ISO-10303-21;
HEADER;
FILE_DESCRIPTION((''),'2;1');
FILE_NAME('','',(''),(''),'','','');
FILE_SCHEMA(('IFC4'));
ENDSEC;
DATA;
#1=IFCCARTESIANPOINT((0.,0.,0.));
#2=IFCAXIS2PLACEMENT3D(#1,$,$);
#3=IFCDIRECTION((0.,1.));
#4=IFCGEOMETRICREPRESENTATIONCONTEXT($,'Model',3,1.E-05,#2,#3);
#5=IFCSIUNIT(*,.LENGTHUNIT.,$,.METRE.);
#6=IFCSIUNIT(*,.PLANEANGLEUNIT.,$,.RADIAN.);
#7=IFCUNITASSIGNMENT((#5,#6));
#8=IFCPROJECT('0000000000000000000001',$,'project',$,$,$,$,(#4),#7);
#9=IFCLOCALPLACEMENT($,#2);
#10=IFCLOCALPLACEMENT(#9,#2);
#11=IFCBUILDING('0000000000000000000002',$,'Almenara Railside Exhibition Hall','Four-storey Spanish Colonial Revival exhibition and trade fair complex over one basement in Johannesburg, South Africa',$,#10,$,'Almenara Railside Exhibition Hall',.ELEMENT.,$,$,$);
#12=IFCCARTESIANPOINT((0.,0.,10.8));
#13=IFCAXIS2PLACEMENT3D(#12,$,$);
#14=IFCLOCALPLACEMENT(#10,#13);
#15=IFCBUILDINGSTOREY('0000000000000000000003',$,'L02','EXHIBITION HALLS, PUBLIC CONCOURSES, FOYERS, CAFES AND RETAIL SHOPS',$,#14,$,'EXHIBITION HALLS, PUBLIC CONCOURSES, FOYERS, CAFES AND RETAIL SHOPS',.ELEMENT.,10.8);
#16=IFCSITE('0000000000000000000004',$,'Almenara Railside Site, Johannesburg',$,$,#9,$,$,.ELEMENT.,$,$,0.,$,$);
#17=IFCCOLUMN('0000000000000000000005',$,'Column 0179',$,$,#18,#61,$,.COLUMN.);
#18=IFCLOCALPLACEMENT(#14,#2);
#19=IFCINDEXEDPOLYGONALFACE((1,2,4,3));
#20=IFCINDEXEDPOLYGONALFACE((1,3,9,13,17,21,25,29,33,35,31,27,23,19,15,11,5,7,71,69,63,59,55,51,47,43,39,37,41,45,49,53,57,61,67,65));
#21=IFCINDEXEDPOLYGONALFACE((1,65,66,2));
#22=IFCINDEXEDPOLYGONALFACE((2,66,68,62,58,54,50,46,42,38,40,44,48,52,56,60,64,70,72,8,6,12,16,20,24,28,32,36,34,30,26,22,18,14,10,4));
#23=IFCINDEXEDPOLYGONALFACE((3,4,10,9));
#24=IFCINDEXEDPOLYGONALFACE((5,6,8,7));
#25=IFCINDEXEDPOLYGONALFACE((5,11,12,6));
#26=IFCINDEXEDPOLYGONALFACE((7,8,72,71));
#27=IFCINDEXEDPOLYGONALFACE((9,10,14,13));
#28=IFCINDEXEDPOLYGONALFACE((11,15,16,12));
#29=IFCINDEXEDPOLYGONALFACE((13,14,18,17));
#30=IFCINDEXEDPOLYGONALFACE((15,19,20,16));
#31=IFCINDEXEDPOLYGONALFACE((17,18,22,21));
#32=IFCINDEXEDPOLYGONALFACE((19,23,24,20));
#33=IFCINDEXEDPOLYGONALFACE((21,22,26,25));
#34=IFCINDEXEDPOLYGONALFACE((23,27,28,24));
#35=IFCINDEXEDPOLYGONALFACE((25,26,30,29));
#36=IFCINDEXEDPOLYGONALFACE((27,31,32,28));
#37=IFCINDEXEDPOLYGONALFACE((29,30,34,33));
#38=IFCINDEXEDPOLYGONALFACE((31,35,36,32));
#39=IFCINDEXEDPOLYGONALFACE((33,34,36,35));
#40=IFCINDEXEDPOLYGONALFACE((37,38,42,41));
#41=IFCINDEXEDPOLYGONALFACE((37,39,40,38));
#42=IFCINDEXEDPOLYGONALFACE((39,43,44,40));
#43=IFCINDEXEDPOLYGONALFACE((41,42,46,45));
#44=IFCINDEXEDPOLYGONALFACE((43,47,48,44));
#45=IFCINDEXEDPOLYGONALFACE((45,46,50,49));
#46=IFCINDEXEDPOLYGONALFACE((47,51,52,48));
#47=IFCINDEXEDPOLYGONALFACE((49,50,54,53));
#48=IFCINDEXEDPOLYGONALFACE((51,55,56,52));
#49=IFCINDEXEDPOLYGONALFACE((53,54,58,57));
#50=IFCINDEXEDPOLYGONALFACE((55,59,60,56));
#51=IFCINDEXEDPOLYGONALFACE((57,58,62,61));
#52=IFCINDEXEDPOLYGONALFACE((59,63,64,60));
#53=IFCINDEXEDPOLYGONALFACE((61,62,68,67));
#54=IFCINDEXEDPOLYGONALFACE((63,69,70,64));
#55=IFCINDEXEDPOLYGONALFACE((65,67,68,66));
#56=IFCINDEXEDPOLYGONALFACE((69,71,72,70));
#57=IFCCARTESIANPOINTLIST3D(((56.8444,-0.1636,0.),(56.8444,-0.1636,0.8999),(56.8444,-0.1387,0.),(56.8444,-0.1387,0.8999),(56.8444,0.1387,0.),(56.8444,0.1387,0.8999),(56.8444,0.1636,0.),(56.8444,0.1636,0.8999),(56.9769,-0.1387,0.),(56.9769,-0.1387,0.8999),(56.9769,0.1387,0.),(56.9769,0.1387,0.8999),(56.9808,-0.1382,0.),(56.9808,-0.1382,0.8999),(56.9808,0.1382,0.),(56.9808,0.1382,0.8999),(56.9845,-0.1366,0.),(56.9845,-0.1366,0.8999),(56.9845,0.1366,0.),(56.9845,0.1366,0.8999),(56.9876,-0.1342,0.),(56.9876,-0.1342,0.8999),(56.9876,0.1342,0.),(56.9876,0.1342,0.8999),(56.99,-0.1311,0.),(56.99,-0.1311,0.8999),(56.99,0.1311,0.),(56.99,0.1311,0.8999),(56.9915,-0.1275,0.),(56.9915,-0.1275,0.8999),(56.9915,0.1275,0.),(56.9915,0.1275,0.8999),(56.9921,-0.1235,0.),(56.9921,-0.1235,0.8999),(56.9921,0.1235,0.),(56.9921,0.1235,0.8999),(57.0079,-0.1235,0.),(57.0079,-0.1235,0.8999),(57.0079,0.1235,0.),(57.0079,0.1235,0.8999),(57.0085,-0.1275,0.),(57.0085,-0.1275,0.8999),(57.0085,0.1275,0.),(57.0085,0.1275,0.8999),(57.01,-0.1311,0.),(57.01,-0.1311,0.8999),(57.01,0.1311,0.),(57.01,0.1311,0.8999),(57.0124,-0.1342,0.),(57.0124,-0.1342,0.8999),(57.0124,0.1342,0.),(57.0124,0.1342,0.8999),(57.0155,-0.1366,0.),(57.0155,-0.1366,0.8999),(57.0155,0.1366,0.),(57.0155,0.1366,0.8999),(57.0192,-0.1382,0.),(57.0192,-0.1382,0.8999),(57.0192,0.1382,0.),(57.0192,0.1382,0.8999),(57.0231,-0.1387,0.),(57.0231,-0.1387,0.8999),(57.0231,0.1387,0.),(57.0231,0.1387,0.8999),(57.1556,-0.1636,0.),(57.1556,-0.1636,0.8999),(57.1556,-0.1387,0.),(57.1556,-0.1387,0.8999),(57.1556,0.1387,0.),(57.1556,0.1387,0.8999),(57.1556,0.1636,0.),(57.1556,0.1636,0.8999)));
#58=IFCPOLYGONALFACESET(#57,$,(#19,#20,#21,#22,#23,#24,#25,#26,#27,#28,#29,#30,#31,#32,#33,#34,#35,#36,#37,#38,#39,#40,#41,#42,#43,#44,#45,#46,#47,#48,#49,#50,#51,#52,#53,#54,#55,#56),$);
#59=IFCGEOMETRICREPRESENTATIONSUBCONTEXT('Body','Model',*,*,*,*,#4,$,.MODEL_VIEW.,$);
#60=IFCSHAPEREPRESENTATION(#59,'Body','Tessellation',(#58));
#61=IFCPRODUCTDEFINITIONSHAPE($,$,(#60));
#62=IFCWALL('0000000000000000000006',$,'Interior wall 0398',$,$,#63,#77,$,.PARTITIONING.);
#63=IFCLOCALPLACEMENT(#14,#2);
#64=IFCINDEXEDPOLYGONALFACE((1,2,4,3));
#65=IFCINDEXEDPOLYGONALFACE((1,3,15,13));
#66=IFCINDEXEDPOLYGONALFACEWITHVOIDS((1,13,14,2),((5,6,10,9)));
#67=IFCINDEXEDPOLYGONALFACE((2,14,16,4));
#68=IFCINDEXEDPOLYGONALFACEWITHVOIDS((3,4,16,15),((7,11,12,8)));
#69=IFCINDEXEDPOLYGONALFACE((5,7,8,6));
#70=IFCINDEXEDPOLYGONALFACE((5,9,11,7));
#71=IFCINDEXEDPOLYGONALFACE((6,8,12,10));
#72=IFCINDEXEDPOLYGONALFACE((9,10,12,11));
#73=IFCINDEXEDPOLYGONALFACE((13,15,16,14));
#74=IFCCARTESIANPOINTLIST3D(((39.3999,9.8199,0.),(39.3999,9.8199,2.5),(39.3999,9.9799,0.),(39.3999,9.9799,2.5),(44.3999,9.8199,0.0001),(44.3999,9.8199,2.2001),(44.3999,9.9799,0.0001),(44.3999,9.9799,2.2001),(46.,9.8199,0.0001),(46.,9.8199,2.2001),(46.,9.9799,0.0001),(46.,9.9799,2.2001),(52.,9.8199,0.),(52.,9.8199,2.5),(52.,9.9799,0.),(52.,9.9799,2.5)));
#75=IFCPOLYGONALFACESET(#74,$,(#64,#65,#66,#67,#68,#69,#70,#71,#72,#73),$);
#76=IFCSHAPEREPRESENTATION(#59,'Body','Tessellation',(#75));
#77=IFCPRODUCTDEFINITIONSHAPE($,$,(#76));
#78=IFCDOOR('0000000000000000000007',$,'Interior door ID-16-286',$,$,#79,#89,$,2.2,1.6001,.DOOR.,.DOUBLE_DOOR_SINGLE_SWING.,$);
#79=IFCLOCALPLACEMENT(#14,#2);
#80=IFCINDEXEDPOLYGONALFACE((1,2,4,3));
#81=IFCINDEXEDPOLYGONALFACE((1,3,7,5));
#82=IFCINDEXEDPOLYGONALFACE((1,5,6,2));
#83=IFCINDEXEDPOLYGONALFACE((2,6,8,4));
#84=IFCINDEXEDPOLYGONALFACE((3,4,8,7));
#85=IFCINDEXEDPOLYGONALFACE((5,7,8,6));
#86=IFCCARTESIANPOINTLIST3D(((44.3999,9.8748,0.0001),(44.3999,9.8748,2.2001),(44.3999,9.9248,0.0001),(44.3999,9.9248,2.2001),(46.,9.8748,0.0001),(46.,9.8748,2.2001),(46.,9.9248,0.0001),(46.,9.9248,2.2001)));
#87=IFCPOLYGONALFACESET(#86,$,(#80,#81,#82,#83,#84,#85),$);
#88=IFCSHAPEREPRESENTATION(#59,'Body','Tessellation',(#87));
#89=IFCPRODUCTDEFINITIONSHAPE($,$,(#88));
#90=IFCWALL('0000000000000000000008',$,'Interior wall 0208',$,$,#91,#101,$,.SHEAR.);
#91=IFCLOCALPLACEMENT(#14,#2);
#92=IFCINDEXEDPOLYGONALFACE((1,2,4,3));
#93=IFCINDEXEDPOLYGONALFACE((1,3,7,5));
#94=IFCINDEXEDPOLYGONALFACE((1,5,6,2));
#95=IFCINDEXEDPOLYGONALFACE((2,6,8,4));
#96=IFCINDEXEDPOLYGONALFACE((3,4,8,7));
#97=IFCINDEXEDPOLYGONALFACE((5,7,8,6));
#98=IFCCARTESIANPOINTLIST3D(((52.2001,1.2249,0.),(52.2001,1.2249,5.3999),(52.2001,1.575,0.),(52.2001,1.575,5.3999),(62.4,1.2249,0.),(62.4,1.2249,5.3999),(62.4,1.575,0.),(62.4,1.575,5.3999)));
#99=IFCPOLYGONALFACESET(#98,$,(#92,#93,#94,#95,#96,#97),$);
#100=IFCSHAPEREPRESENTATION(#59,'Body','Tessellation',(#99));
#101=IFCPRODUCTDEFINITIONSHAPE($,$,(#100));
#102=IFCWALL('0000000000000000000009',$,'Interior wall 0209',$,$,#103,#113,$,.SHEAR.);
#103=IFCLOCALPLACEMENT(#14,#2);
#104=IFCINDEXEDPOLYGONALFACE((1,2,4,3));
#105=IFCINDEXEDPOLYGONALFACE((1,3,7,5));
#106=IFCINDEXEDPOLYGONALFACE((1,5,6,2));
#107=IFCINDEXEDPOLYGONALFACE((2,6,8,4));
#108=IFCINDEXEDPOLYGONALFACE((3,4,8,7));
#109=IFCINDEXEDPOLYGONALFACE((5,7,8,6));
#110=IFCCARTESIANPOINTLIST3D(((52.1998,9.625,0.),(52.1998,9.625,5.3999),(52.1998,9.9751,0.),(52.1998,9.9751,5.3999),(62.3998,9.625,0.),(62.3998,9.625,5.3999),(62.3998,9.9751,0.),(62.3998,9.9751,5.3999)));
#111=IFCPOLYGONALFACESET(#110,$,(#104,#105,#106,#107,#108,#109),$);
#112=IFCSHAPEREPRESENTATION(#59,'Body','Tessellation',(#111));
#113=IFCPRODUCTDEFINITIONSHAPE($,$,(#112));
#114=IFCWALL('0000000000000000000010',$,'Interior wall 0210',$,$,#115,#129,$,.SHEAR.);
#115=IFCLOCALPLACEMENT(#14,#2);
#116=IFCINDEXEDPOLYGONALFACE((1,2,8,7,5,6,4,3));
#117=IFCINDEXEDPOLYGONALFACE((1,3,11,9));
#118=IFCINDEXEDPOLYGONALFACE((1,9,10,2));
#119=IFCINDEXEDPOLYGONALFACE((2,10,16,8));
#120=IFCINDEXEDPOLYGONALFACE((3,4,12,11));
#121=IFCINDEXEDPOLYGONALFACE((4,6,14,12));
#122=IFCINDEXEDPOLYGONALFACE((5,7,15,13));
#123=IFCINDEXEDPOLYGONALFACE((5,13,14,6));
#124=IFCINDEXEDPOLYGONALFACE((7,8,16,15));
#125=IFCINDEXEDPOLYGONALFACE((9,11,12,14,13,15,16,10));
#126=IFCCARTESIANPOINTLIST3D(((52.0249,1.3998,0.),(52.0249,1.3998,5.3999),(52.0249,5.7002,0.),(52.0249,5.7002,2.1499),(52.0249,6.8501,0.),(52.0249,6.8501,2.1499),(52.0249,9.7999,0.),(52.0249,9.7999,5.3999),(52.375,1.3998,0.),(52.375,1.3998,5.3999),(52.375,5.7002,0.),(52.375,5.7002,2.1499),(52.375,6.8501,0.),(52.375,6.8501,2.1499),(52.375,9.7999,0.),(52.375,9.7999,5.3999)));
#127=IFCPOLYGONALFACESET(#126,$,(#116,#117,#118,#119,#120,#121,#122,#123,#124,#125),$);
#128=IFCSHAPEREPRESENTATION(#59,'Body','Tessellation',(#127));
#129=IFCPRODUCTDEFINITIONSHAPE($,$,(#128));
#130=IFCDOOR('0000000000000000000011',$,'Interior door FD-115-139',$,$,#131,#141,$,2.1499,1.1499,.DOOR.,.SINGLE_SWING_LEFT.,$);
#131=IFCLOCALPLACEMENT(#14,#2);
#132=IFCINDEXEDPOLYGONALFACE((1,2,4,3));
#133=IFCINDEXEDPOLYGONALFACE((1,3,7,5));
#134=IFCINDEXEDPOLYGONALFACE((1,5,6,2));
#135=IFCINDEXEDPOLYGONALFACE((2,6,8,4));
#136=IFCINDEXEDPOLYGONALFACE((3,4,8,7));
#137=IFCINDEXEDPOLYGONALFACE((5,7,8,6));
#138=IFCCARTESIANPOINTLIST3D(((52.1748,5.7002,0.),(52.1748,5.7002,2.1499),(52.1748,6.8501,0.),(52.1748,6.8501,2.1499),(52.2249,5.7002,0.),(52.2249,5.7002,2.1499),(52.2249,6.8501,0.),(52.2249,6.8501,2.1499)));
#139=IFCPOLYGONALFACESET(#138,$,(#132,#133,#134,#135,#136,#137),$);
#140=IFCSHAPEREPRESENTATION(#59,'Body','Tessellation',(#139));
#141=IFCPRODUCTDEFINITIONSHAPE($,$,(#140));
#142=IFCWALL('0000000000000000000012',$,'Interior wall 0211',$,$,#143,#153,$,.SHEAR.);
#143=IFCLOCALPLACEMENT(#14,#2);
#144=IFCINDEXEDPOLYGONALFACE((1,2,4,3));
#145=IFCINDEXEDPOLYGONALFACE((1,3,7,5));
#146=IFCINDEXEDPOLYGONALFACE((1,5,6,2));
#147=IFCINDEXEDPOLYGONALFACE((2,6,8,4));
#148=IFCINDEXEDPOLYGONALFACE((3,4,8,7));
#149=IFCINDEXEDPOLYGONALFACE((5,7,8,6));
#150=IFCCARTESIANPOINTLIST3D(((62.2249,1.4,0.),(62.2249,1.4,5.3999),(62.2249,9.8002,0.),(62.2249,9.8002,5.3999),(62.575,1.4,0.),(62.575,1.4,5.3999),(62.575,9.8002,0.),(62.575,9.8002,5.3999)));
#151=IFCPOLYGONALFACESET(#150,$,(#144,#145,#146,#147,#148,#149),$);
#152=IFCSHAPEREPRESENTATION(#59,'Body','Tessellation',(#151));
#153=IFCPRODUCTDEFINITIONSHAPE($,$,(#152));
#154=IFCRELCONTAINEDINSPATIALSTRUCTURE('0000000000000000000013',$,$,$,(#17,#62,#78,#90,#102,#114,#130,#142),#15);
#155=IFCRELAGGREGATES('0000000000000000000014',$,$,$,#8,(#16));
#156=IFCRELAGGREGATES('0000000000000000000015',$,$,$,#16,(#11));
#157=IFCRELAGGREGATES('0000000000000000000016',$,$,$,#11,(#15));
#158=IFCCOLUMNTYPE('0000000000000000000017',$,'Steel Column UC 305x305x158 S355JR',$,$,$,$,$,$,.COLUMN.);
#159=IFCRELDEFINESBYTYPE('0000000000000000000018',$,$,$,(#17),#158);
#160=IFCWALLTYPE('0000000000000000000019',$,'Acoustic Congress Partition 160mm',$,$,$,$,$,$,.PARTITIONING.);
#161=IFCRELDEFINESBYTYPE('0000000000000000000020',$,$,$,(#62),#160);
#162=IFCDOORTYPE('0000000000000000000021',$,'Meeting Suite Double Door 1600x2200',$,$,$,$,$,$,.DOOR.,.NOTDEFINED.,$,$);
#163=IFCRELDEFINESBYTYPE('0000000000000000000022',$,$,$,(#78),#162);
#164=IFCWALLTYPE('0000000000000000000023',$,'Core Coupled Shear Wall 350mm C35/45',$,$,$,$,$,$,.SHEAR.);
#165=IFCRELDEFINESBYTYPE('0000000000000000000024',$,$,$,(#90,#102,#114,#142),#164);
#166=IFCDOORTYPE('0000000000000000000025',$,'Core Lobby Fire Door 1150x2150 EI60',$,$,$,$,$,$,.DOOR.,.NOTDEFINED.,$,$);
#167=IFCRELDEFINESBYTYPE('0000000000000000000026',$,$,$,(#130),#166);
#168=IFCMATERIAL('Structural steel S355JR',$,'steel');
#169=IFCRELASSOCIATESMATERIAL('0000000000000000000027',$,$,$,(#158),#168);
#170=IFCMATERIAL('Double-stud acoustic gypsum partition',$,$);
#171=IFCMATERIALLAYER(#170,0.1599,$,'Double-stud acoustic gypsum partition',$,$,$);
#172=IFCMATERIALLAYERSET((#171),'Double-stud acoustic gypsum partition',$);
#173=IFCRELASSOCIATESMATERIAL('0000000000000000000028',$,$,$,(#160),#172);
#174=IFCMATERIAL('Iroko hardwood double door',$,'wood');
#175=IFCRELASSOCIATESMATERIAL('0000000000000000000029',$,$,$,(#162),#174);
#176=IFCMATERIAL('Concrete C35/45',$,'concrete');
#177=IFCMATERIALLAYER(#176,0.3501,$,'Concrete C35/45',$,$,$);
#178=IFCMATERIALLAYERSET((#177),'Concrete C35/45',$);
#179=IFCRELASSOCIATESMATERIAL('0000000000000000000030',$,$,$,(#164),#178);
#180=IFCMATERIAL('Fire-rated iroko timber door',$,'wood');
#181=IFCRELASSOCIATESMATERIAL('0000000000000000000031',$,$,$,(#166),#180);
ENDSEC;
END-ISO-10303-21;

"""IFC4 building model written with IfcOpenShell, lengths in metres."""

from ifc_helpers import new_model, si_unit, direction, frame, frame_2d, origin, origin_2d, place, context, subcontext, project, spatial, rectangle, i_section, extrude, material, layer, layer_set, material_profile, profile_set, type_object, element, fill, save


model = new_model("IFC4")

# Units and contexts
model_context = context("Model", 3, precision=1e-05, world=origin(), true_north=direction((0.0, 1.0)))
body_context = subcontext(model_context, "Body", "Model", "MODEL_VIEW")
ifc_project = project(units=[si_unit("LENGTHUNIT", "METRE"), si_unit("PLANEANGLEUNIT", "RADIAN")], contexts=[model_context])

# Site, building, storey
site_placement = place(None, origin())
site = spatial("IfcSite", under=ifc_project, at=site_placement, Name="Almenara Railside Site, Johannesburg", CompositionType="ELEMENT", RefElevation=0.0)
building_placement = place(site_placement, origin())
building = spatial("IfcBuilding", under=site, at=building_placement, Name="Almenara Railside Exhibition Hall", Description="Four-storey Spanish Colonial Revival exhibition and trade fair complex over one basement in Johannesburg, South Africa", LongName="Almenara Railside Exhibition Hall", CompositionType="ELEMENT")
storey_placement = place(building_placement, frame((0.0, 0.0, 10.8)))
storey = spatial("IfcBuildingStorey", under=building, at=storey_placement, Name="L02", Description="EXHIBITION HALLS, PUBLIC CONCOURSES, FOYERS, CAFES AND RETAIL SHOPS", LongName="EXHIBITION HALLS, PUBLIC CONCOURSES, FOYERS, CAFES AND RETAIL SHOPS", CompositionType="ELEMENT", Elevation=10.8)

# Column
ifc_material_1 = material(Name="Structural steel S355JR", Category="steel")
ifc_material_profile_1 = material_profile(ifc_material_1, i_section(OverallWidth=0.3113, OverallDepth=0.3271, WebThickness=0.0159, FlangeThickness=0.0249, FilletRadius=0.0151, at=origin_2d()), Name="UC 305x305x158")
ifc_profile_set_1 = profile_set([ifc_material_profile_1], Name="Structural steel S355JR")
column_type_1 = type_object("IfcColumnType", Name="Steel Column UC 305x305x158 S355JR", PredefinedType="COLUMN", material=ifc_profile_set_1)
for number, where, z_axis, x_axis, name in (
    (1, (57.0, 0.0, 0.0), (0.0, 0.0, 1.0), (1.0, 0.0, 0.0), "Column 0179"),
):
    element("IfcColumn", number, at=place(storey_placement, frame(where, z_axis=z_axis, x_axis=x_axis)), inside=storey, type_object=column_type_1, Name=name, PredefinedType="COLUMN", context=body_context, shape_type="SweptSolid", body=[
        extrude(i_section(OverallWidth=0.3113, OverallDepth=0.3271, WebThickness=0.0159, FlangeThickness=0.0249, FilletRadius=0.0151, at=origin_2d()), origin(), (0.0, 0.0, 1.0), 0.8999),
    ])

# Wall, opening, door
ifc_material_2 = material(Name="Double-stud acoustic gypsum partition")
ifc_layer_1 = layer(ifc_material_2, 0.1599, Name="Double-stud acoustic gypsum partition")
ifc_layer_set_1 = layer_set([ifc_layer_1], Name="Double-stud acoustic gypsum partition")
wall_type_1 = type_object("IfcWallType", Name="Acoustic Congress Partition 160mm", PredefinedType="PARTITIONING", material=ifc_layer_set_1)
wall_1_placement = place(storey_placement, frame((39.3999, 9.8999, 0.0), z_axis=(0.0, 0.0, 1.0), x_axis=(1.0, 0.0, 0.0)))
wall_1 = element("IfcWall", 2, at=wall_1_placement, inside=storey, type_object=wall_type_1, Name="Interior wall 0398", PredefinedType="PARTITIONING", context=body_context, shape_type="SweptSolid", body=[
    extrude(rectangle(XDim=12.6001, YDim=0.1599, at=frame_2d((6.3, 0.0))), origin(), (0.0, 0.0, 1.0), 2.5),
])
opening_1_placement = place(wall_1_placement, frame((5.0, 0.0, 0.0)))
opening_1 = element("IfcOpeningElement", 3, at=opening_1_placement, cuts=wall_1, PredefinedType="OPENING", context=body_context, shape_type="SweptSolid", body=[
    extrude(rectangle(XDim=1.6001, YDim=2.2, at=frame_2d((0.8, 1.1001))), frame((0.0, 0.0898, 0.0), z_axis=(0.0, -1.0, 0.0), x_axis=(1.0, 0.0, 0.0)), (0.0, 0.0, 1.0), 0.1799),
])
ifc_material_3 = material(Name="Iroko hardwood double door", Category="wood")
door_type_1 = type_object("IfcDoorType", Name="Meeting Suite Double Door 1600x2200", OperationType="NOTDEFINED", PredefinedType="DOOR", material=ifc_material_3)
door_1_placement = place(opening_1_placement, origin())
door_1 = element("IfcDoor", 4, at=door_1_placement, inside=storey, type_object=door_type_1, Name="Interior door ID-16-286", OperationType="DOUBLE_DOOR_SINGLE_SWING", OverallHeight=2.2, OverallWidth=1.6001, PredefinedType="DOOR", context=body_context, shape_type="SweptSolid", body=[
    extrude(rectangle(XDim=1.6001, YDim=2.2, at=frame_2d((0.8, 1.1001))), frame((0.0, 0.0249, 0.0), z_axis=(0.0, -1.0, 0.0), x_axis=(1.0, 0.0, 0.0)), (0.0, 0.0, 1.0), 0.05),
])
fill(opening_1, door_1)

# Walls
ifc_material_4 = material(Name="Concrete C35/45", Category="concrete")
ifc_layer_2 = layer(ifc_material_4, 0.3501, Name="Concrete C35/45")
ifc_layer_set_2 = layer_set([ifc_layer_2], Name="Concrete C35/45")
wall_type_2 = type_object("IfcWallType", Name="Core Coupled Shear Wall 350mm C35/45", PredefinedType="SHEAR", material=ifc_layer_set_2)
for number, where, z_axis, x_axis, name in (
    (5, (52.2, 1.3999, 0.0), (0.0, 0.0, 1.0), (1.0, 0.0, 0.0), "Interior wall 0208"),
    (6, (62.3999, 9.8, 0.0), (0.0, 0.0, 1.0), (-1.0, 0.0, 0.0), "Interior wall 0209"),
):
    element("IfcWall", number, at=place(storey_placement, frame(where, z_axis=z_axis, x_axis=x_axis)), inside=storey, type_object=wall_type_2, Name=name, PredefinedType="SHEAR", context=body_context, shape_type="SweptSolid", body=[
        extrude(rectangle(XDim=10.2, YDim=0.3501, at=frame_2d((5.1001, 0.0))), origin(), (0.0, 0.0, 1.0), 5.3999),
    ])

# Wall, opening, door
wall_2_placement = place(storey_placement, frame((52.2, 9.8, 0.0), z_axis=(0.0, 0.0, 1.0), x_axis=(0.0, -1.0, 0.0)))
wall_2 = element("IfcWall", 7, at=wall_2_placement, inside=storey, type_object=wall_type_2, Name="Interior wall 0210", PredefinedType="SHEAR", context=body_context, shape_type="SweptSolid", body=[
    extrude(rectangle(XDim=8.4001, YDim=0.3501, at=frame_2d((4.2002, 0.0))), origin(), (0.0, 0.0, 1.0), 5.3999),
])
opening_2_placement = place(wall_2_placement, frame((2.95, 0.0, 0.0)))
opening_2 = element("IfcOpeningElement", 8, at=opening_2_placement, cuts=wall_2, PredefinedType="OPENING", context=body_context, shape_type="SweptSolid", body=[
    extrude(rectangle(XDim=1.1499, YDim=2.1499, at=frame_2d((0.575, 1.075))), frame((0.0, 0.1851, 0.0), z_axis=(0.0, -1.0, 0.0), x_axis=(1.0, 0.0, 0.0)), (0.0, 0.0, 1.0), 0.3701),
])
ifc_material_5 = material(Name="Fire-rated iroko timber door", Category="wood")
door_type_2 = type_object("IfcDoorType", Name="Core Lobby Fire Door 1150x2150 EI60", OperationType="NOTDEFINED", PredefinedType="DOOR", material=ifc_material_5)
door_2_placement = place(opening_2_placement, origin())
door_2 = element("IfcDoor", 9, at=door_2_placement, inside=storey, type_object=door_type_2, Name="Interior door FD-115-139", OperationType="SINGLE_SWING_LEFT", OverallHeight=2.1499, OverallWidth=1.1499, PredefinedType="DOOR", context=body_context, shape_type="SweptSolid", body=[
    extrude(rectangle(XDim=1.1499, YDim=2.1499, at=frame_2d((0.575, 1.075))), frame((0.0, 0.0249, 0.0), z_axis=(0.0, -1.0, 0.0), x_axis=(1.0, 0.0, 0.0)), (0.0, 0.0, 1.0), 0.05),
])
fill(opening_2, door_2)

# Wall
wall_3_placement = place(storey_placement, frame((62.3999, 1.3999, 0.0), z_axis=(0.0, 0.0, 1.0), x_axis=(0.0, 1.0, 0.0)))
element("IfcWall", 10, at=wall_3_placement, inside=storey, type_object=wall_type_2, Name="Interior wall 0211", PredefinedType="SHEAR", context=body_context, shape_type="SweptSolid", body=[
    extrude(rectangle(XDim=8.4001, YDim=0.3501, at=frame_2d((4.2002, 0.0))), origin(), (0.0, 0.0, 1.0), 5.3999),
])

save(model, "model.ifc")
